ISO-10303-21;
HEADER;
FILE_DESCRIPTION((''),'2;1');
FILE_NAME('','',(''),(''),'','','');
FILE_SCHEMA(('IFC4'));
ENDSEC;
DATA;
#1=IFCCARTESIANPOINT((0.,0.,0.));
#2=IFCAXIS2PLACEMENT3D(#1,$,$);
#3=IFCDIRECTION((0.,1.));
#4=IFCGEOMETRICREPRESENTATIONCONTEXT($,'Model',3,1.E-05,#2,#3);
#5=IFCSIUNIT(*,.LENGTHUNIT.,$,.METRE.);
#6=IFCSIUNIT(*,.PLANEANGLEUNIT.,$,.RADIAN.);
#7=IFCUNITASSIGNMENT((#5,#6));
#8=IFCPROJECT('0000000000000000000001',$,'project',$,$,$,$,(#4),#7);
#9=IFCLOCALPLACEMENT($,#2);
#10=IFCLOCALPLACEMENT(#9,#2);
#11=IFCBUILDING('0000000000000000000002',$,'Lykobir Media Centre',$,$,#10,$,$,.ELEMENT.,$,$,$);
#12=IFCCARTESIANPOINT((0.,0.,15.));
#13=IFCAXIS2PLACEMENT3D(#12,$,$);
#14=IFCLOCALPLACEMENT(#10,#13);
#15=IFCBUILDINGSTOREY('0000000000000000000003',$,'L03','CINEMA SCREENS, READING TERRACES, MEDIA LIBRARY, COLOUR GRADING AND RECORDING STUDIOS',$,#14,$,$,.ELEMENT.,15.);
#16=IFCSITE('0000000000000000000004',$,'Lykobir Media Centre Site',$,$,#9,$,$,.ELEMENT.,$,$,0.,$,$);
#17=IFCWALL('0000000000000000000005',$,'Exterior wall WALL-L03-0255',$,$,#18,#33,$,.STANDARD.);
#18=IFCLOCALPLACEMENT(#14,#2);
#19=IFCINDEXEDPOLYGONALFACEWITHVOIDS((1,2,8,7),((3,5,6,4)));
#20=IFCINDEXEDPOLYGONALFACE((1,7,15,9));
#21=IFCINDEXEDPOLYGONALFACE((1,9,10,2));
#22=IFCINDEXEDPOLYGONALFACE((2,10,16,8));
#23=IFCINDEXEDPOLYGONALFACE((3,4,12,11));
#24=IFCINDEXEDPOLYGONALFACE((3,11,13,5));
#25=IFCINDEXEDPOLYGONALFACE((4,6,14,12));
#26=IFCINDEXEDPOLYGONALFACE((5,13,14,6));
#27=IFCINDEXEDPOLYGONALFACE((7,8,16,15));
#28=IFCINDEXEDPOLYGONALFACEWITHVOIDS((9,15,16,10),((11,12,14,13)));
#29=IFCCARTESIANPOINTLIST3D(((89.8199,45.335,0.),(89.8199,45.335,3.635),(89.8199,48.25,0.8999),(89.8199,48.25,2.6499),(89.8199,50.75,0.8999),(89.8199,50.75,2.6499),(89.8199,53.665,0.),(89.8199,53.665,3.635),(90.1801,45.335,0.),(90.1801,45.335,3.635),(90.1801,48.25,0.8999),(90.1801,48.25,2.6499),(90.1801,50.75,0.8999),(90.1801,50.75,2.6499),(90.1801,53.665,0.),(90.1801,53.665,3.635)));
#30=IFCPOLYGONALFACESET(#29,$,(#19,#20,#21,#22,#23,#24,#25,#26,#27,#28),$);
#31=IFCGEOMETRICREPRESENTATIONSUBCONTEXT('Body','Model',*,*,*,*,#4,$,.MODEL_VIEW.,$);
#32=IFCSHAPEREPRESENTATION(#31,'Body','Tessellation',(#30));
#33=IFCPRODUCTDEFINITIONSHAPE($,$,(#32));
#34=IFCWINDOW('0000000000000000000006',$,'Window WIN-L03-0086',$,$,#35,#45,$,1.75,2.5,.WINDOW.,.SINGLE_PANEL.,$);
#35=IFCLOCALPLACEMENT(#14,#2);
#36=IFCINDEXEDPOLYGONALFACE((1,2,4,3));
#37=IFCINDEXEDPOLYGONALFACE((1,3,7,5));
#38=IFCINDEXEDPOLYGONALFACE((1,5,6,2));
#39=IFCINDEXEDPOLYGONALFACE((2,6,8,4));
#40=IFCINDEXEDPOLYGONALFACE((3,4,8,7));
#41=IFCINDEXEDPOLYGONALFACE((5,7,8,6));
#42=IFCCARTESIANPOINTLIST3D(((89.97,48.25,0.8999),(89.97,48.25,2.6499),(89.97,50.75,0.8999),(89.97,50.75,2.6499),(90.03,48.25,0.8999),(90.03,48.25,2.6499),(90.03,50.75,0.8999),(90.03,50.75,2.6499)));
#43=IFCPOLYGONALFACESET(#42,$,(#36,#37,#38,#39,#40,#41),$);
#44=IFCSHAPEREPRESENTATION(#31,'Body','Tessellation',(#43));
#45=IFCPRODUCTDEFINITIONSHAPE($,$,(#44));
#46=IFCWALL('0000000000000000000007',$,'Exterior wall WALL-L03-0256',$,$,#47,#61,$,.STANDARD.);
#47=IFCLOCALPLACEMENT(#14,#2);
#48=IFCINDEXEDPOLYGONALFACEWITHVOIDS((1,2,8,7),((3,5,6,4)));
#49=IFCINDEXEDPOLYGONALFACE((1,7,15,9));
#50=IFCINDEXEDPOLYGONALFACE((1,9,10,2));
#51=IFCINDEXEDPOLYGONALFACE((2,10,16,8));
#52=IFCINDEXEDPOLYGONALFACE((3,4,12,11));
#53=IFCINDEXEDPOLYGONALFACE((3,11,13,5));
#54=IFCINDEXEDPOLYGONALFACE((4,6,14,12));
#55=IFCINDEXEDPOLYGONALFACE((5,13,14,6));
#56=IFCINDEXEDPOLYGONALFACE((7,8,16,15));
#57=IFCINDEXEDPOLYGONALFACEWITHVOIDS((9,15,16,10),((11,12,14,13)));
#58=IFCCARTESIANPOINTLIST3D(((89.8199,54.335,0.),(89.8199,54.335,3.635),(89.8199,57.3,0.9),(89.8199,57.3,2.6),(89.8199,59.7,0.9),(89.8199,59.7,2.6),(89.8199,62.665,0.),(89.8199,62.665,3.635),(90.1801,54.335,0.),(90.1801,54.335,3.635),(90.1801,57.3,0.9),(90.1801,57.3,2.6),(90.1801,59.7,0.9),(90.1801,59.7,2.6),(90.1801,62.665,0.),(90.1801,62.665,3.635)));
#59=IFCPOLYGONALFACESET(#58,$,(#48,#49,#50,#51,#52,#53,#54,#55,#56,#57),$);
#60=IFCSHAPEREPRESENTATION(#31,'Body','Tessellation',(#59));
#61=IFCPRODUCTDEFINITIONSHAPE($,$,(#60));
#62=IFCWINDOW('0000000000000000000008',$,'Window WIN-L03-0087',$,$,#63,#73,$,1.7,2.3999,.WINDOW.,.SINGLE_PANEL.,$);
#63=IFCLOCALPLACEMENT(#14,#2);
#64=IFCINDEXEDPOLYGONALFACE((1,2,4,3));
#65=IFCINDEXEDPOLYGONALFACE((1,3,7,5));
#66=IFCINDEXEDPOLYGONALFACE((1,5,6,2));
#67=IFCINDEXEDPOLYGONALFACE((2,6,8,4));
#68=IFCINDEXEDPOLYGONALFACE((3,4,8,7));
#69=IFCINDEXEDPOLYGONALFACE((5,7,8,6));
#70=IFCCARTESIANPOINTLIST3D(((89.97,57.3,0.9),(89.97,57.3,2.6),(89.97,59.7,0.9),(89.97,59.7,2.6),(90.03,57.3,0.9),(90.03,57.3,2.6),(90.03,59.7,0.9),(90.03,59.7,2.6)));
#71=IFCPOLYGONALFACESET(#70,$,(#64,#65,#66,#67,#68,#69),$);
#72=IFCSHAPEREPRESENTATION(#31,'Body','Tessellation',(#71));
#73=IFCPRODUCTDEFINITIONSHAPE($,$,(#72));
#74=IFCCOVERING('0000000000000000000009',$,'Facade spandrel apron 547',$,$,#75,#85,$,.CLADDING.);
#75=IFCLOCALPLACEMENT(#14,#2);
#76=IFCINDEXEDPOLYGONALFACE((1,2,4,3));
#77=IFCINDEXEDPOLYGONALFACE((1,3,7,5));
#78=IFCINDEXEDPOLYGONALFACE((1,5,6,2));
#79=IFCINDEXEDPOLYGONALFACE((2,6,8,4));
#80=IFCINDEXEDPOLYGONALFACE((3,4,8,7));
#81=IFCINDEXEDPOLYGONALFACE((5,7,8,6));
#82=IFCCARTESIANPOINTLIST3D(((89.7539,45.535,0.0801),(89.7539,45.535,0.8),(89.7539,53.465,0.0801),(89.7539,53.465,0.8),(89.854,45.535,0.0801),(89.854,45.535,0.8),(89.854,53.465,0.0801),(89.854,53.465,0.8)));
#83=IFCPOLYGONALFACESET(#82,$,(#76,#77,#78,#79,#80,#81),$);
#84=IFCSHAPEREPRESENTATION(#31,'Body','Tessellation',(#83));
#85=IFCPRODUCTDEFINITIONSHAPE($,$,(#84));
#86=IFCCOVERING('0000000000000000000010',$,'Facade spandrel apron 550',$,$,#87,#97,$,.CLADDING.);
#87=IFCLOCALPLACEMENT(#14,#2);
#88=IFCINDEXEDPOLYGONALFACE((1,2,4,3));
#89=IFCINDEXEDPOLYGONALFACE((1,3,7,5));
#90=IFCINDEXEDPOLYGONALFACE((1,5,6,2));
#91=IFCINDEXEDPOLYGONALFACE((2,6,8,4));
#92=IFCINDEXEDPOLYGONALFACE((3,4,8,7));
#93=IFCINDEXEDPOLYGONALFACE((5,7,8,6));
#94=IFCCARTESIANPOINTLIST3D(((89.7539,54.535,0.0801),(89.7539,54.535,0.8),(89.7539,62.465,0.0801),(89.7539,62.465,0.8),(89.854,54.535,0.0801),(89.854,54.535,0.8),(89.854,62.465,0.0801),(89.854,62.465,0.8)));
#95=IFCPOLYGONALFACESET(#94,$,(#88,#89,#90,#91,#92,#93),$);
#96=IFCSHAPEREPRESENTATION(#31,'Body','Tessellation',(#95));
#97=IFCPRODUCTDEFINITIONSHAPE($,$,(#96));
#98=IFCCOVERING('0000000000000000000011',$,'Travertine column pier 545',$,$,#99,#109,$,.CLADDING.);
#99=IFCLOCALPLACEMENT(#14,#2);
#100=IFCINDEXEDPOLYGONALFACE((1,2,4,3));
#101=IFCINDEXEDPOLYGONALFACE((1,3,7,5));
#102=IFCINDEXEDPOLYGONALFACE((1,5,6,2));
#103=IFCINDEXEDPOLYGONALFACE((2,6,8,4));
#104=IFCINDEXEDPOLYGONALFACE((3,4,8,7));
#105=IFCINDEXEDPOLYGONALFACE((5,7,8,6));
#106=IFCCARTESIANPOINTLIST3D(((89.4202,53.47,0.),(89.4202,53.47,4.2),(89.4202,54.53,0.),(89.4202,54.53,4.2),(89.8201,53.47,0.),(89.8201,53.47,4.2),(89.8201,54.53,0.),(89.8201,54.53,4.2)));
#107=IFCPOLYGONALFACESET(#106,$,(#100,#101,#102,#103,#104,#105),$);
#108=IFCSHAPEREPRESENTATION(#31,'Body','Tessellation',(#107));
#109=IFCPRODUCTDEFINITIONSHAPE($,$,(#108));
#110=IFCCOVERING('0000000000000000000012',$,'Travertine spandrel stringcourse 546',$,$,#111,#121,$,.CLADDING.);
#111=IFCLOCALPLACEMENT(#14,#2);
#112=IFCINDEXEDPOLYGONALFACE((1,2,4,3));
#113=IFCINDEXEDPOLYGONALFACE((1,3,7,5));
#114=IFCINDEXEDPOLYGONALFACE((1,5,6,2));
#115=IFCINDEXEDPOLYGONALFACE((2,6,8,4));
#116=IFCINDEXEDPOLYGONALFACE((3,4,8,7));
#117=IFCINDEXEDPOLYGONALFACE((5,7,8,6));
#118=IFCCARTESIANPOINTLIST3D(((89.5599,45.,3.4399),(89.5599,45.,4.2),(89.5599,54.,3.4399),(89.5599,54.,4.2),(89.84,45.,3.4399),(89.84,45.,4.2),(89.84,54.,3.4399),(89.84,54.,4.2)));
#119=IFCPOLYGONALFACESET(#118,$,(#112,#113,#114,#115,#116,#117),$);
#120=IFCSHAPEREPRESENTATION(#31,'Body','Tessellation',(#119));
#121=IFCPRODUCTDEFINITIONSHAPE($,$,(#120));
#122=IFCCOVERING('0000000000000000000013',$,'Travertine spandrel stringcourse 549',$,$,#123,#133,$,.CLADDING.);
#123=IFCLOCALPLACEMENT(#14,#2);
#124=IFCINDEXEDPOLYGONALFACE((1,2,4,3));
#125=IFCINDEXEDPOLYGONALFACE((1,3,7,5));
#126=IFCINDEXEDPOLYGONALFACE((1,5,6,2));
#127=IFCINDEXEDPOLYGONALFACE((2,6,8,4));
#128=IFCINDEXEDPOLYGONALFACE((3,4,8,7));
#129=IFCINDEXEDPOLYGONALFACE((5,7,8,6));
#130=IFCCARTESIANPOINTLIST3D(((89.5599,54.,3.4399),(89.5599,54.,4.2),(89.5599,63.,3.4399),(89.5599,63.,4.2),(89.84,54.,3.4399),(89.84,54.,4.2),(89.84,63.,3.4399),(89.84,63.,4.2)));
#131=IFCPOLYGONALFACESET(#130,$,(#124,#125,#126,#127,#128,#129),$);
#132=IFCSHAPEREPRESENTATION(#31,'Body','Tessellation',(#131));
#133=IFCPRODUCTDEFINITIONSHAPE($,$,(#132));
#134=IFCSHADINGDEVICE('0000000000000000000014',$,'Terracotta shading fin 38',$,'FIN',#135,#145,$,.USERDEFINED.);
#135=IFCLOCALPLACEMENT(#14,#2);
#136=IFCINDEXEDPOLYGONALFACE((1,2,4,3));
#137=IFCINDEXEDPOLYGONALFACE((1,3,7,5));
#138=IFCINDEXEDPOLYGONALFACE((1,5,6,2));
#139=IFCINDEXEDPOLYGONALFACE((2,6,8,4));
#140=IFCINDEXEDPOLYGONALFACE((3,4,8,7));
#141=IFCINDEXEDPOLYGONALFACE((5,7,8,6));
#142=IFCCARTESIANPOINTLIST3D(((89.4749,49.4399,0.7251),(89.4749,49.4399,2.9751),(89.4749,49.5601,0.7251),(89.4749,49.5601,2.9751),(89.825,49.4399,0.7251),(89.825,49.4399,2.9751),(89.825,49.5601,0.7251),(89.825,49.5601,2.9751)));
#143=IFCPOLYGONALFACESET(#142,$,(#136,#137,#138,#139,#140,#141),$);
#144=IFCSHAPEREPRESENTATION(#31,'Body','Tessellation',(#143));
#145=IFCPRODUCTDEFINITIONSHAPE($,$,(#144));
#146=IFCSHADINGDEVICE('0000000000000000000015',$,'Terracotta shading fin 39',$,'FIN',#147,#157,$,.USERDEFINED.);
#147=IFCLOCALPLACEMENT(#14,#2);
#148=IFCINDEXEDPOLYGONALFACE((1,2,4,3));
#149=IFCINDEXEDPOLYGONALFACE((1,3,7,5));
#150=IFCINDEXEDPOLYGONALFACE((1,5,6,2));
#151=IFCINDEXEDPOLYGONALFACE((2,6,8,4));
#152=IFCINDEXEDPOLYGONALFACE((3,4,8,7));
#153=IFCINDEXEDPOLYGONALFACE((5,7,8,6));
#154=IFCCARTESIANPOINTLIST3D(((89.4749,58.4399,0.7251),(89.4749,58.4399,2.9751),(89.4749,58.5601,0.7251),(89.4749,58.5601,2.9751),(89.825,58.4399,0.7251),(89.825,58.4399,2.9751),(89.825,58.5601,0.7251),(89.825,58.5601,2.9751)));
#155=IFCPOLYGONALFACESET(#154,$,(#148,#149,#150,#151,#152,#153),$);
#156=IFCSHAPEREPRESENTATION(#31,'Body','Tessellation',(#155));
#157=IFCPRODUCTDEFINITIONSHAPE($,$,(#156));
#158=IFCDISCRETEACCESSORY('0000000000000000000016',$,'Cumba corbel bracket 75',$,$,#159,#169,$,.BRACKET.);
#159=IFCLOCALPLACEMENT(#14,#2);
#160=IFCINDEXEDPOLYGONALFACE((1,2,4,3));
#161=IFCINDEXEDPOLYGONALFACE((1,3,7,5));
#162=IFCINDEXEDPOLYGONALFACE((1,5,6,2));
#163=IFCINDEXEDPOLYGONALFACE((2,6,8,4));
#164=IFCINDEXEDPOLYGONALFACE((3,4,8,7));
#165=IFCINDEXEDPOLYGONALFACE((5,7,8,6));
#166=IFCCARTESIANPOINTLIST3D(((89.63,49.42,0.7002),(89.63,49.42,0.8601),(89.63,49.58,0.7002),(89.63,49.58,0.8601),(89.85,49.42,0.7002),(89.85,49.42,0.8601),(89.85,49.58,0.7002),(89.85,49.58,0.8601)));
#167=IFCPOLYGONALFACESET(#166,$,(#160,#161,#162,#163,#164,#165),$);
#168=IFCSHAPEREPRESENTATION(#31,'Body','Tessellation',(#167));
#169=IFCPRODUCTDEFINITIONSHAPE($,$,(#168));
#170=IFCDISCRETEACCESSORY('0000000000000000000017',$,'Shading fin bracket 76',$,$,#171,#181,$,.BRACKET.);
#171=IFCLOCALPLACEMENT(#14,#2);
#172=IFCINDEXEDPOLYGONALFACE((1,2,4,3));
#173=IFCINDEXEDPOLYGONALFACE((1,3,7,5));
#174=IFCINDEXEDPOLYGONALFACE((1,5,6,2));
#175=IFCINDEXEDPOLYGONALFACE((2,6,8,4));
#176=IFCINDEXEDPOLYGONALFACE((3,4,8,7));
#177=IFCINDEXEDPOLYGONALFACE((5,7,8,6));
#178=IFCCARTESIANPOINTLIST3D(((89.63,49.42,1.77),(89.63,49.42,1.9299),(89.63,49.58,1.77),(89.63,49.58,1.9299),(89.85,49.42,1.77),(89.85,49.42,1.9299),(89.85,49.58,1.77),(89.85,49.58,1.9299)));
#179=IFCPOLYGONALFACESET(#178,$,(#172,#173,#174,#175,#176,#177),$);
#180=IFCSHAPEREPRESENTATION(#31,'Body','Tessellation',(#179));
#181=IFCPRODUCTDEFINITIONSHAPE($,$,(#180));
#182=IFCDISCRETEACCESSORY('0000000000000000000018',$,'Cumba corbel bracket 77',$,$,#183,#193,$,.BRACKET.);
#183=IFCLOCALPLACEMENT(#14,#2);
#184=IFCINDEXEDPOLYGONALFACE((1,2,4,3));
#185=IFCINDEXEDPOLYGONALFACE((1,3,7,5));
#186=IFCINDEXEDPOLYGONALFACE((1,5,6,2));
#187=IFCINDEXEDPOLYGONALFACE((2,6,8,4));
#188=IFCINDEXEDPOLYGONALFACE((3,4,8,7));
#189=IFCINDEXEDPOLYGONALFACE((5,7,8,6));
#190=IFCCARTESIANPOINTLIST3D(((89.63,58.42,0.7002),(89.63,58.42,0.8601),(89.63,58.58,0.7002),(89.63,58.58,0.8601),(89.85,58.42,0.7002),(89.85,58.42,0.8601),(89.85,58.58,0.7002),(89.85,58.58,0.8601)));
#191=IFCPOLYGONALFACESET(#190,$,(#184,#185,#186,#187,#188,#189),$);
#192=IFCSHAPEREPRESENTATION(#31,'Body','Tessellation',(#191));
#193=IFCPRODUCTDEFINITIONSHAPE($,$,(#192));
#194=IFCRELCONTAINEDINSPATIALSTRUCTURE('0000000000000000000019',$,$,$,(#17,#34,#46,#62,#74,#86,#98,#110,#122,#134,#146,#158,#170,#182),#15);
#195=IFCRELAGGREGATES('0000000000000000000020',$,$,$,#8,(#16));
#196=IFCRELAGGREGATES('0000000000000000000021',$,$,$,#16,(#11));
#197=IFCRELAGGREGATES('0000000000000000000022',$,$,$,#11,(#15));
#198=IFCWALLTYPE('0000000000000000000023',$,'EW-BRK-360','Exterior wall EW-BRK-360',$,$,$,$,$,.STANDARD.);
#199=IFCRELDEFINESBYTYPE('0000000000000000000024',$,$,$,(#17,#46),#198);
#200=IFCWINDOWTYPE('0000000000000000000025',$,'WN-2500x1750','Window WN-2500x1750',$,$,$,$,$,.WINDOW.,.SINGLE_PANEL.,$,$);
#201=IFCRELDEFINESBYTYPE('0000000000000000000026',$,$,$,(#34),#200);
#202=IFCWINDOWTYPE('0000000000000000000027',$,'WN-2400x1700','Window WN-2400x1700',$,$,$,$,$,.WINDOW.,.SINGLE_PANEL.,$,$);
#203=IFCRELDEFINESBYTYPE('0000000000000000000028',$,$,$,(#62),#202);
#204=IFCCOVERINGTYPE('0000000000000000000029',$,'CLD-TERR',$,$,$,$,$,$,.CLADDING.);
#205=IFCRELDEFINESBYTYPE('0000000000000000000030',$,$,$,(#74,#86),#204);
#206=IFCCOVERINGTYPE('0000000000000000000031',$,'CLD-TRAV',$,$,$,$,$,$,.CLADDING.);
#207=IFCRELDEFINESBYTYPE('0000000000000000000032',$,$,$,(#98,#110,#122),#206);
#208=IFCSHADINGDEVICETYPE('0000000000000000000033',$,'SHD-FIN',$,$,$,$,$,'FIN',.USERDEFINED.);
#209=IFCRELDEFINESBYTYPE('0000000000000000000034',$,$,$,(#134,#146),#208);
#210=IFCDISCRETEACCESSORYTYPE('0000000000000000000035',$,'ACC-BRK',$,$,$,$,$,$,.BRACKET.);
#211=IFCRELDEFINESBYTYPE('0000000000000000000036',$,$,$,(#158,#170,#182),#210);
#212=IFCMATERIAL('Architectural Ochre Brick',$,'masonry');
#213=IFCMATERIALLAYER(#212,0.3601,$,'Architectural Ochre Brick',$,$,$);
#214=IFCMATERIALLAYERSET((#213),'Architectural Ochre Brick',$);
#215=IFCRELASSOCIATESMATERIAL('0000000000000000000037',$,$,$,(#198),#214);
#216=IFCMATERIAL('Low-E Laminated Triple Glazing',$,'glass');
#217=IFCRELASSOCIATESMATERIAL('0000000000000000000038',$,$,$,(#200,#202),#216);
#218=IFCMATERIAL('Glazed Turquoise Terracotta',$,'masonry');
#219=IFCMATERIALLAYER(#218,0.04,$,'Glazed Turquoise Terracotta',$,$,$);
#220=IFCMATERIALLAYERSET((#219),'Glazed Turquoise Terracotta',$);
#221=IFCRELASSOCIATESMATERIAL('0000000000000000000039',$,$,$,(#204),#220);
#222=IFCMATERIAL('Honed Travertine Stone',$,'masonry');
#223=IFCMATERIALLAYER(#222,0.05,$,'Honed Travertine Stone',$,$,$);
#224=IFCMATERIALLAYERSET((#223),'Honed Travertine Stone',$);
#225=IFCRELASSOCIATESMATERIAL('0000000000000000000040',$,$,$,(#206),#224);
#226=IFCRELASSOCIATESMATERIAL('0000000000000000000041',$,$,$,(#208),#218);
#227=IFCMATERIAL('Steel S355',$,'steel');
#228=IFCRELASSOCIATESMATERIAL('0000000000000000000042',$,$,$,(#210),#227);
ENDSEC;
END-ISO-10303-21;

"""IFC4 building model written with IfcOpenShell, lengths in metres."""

from ifc_helpers import new_model, si_unit, direction, frame, frame_2d, origin, origin_2d, place, context, subcontext, project, spatial, rectangle, extrude, material, layer, layer_set, type_object, element, fill, save


model = new_model("IFC4")

# Units and contexts
model_context = context("Model", 3, precision=1e-05, world=origin(), true_north=direction((0.0, 1.0)))
body_context = subcontext(model_context, "Body", "Model", "MODEL_VIEW")
ifc_project = project(units=[si_unit("LENGTHUNIT", "METRE"), si_unit("PLANEANGLEUNIT", "RADIAN")], contexts=[model_context])

# Site, building, storey
site_placement = place(None, origin())
site = spatial("IfcSite", under=ifc_project, at=site_placement, Name="Lykobir Media Centre Site", CompositionType="ELEMENT", RefElevation=0.0)
building_placement = place(site_placement, origin())
building = spatial("IfcBuilding", under=site, at=building_placement, Name="Lykobir Media Centre", CompositionType="ELEMENT")
storey_placement = place(building_placement, frame((0.0, 0.0, 15.0)))
storey = spatial("IfcBuildingStorey", under=building, at=storey_placement, Name="L03", Description="CINEMA SCREENS, READING TERRACES, MEDIA LIBRARY, COLOUR GRADING AND RECORDING STUDIOS", CompositionType="ELEMENT", Elevation=15.0)

# Shared definitions
ifc_material_1 = material(Name="Steel S355", Category="steel")

# Walls, openings, windows
ifc_material_2 = material(Name="Architectural Ochre Brick", Category="masonry")
ifc_layer_1 = layer(ifc_material_2, 0.3601, Name="Architectural Ochre Brick")
ifc_layer_set_1 = layer_set([ifc_layer_1], Name="Architectural Ochre Brick")
wall_type = type_object("IfcWallType", Name="EW-BRK-360", Description="Exterior wall EW-BRK-360", PredefinedType="STANDARD", material=ifc_layer_set_1)
wall_1_placement = place(storey_placement, frame((90.0, 53.665, 0.0), z_axis=(0.0, 0.0, 1.0), x_axis=(0.0, -1.0, 0.0)))
wall_1 = element("IfcWall", 1, at=wall_1_placement, inside=storey, type_object=wall_type, Name="Exterior wall WALL-L03-0255", PredefinedType="STANDARD", context=body_context, shape_type="SweptSolid", body=[
    extrude(rectangle(XDim=8.3301, YDim=0.3601, at=frame_2d((4.165, 0.0))), origin(), (0.0, 0.0, 1.0), 3.635),
])
opening_1_placement = place(wall_1_placement, frame((2.915, 0.0, 0.8999)))
opening_1 = element("IfcOpeningElement", 2, at=opening_1_placement, cuts=wall_1, PredefinedType="OPENING", context=body_context, shape_type="SweptSolid", body=[
    extrude(rectangle(XDim=2.5, YDim=1.75, at=frame_2d((1.25, 0.875))), frame((0.0, 0.1899, 0.0), z_axis=(0.0, -1.0, 0.0), x_axis=(1.0, 0.0, 0.0)), (0.0, 0.0, 1.0), 0.3801),
])
ifc_material_3 = material(Name="Low-E Laminated Triple Glazing", Category="glass")
window_type_1 = type_object("IfcWindowType", Name="WN-2500x1750", Description="Window WN-2500x1750", PartitioningType="SINGLE_PANEL", PredefinedType="WINDOW", material=ifc_material_3)
window_1_placement = place(opening_1_placement, origin())
window_1 = element("IfcWindow", 3, at=window_1_placement, inside=storey, type_object=window_type_1, Name="Window WIN-L03-0086", OverallHeight=1.75, OverallWidth=2.5, PartitioningType="SINGLE_PANEL", PredefinedType="WINDOW", context=body_context, shape_type="SweptSolid", body=[
    extrude(rectangle(XDim=2.5, YDim=1.75, at=frame_2d((1.25, 0.875))), frame((0.0, 0.03, 0.0), z_axis=(0.0, -1.0, 0.0), x_axis=(1.0, 0.0, 0.0)), (0.0, 0.0, 1.0), 0.0601),
])
fill(opening_1, window_1)
wall_2_placement = place(storey_placement, frame((90.0, 62.665, 0.0), z_axis=(0.0, 0.0, 1.0), x_axis=(0.0, -1.0, 0.0)))
wall_2 = element("IfcWall", 4, at=wall_2_placement, inside=storey, type_object=wall_type, Name="Exterior wall WALL-L03-0256", PredefinedType="STANDARD", context=body_context, shape_type="SweptSolid", body=[
    extrude(rectangle(XDim=8.3301, YDim=0.3601, at=frame_2d((4.165, 0.0))), origin(), (0.0, 0.0, 1.0), 3.635),
])
opening_2_placement = place(wall_2_placement, frame((2.9651, 0.0, 0.8999)))
opening_2 = element("IfcOpeningElement", 5, at=opening_2_placement, cuts=wall_2, PredefinedType="OPENING", context=body_context, shape_type="SweptSolid", body=[
    extrude(rectangle(XDim=2.3999, YDim=1.7, at=frame_2d((1.2, 0.8501))), frame((0.0, 0.1899, 0.0), z_axis=(0.0, -1.0, 0.0), x_axis=(1.0, 0.0, 0.0)), (0.0, 0.0, 1.0), 0.3801),
])
window_type_2 = type_object("IfcWindowType", Name="WN-2400x1700", Description="Window WN-2400x1700", PartitioningType="SINGLE_PANEL", PredefinedType="WINDOW", material=ifc_material_3)
window_2_placement = place(opening_2_placement, origin())
window_2 = element("IfcWindow", 6, at=window_2_placement, inside=storey, type_object=window_type_2, Name="Window WIN-L03-0087", OverallHeight=1.7, OverallWidth=2.3999, PartitioningType="SINGLE_PANEL", PredefinedType="WINDOW", context=body_context, shape_type="SweptSolid", body=[
    extrude(rectangle(XDim=2.3999, YDim=1.7, at=frame_2d((1.2, 0.8501))), frame((0.0, 0.03, 0.0), z_axis=(0.0, -1.0, 0.0), x_axis=(1.0, 0.0, 0.0)), (0.0, 0.0, 1.0), 0.0601),
])
fill(opening_2, window_2)

# Coverings
ifc_material_4 = material(Name="Glazed Turquoise Terracotta", Category="masonry")
ifc_layer_2 = layer(ifc_material_4, 0.04, Name="Glazed Turquoise Terracotta")
ifc_layer_set_2 = layer_set([ifc_layer_2], Name="Glazed Turquoise Terracotta")
covering_type_1 = type_object("IfcCoveringType", Name="CLD-TERR", PredefinedType="CLADDING", material=ifc_layer_set_2)
for number, where, z_axis, x_axis, name in (
    (7, (89.804, 49.5, 0.0801), (0.0, 0.0, 1.0), (0.0, -1.0, 0.0), "Facade spandrel apron 547"),
    (8, (89.804, 58.5, 0.0801), (0.0, 0.0, 1.0), (0.0, -1.0, 0.0), "Facade spandrel apron 550"),
):
    element("IfcCovering", number, at=place(storey_placement, frame(where, z_axis=z_axis, x_axis=x_axis)), inside=storey, type_object=covering_type_1, Name=name, PredefinedType="CLADDING", context=body_context, shape_type="SweptSolid", body=[
        extrude(rectangle(XDim=7.9299, YDim=0.1001, at=origin_2d()), origin(), (0.0, 0.0, 1.0), 0.72),
    ])
ifc_material_5 = material(Name="Honed Travertine Stone", Category="masonry")
ifc_layer_3 = layer(ifc_material_5, 0.05, Name="Honed Travertine Stone")
ifc_layer_set_3 = layer_set([ifc_layer_3], Name="Honed Travertine Stone")
covering_type_2 = type_object("IfcCoveringType", Name="CLD-TRAV", PredefinedType="CLADDING", material=ifc_layer_set_3)
covering_placement = place(storey_placement, frame((89.6201, 54.0, 0.0), z_axis=(0.0, 0.0, 1.0), x_axis=(0.0, -1.0, 0.0)))
element("IfcCovering", 9, at=covering_placement, inside=storey, type_object=covering_type_2, Name="Travertine column pier 545", PredefinedType="CLADDING", context=body_context, shape_type="SweptSolid", body=[
    extrude(rectangle(XDim=1.0601, YDim=0.3999, at=origin_2d()), origin(), (0.0, 0.0, 1.0), 4.2),
])
for number, where, z_axis, x_axis, name in (
    (10, (89.7, 49.5, 3.4399), (0.0, 0.0, 1.0), (0.0, -1.0, 0.0), "Travertine spandrel stringcourse 546"),
    (11, (89.7, 58.5, 3.4399), (0.0, 0.0, 1.0), (0.0, -1.0, 0.0), "Travertine spandrel stringcourse 549"),
):
    element("IfcCovering", number, at=place(storey_placement, frame(where, z_axis=z_axis, x_axis=x_axis)), inside=storey, type_object=covering_type_2, Name=name, PredefinedType="CLADDING", context=body_context, shape_type="SweptSolid", body=[
        extrude(rectangle(XDim=9.0, YDim=0.28, at=origin_2d()), origin(), (0.0, 0.0, 1.0), 0.76),
    ])

# Shading devices
shading_device_type = type_object("IfcShadingDeviceType", Name="SHD-FIN", ElementType="FIN", PredefinedType="USERDEFINED", material=ifc_material_4)
for number, where, z_axis, x_axis, name in (
    (12, (89.6499, 49.5, 0.7251), (0.0, 0.0, 1.0), (0.0, -1.0, 0.0), "Terracotta shading fin 38"),
    (13, (89.6499, 58.5, 0.7251), (0.0, 0.0, 1.0), (0.0, -1.0, 0.0), "Terracotta shading fin 39"),
):
    element("IfcShadingDevice", number, at=place(storey_placement, frame(where, z_axis=z_axis, x_axis=x_axis)), inside=storey, type_object=shading_device_type, Name=name, ObjectType="FIN", PredefinedType="USERDEFINED", context=body_context, shape_type="SweptSolid", body=[
        extrude(rectangle(XDim=0.1201, YDim=0.3501, at=origin_2d()), origin(), (0.0, 0.0, 1.0), 2.25),
    ])

# Discrete accessories
discrete_accessory_type = type_object("IfcDiscreteAccessoryType", Name="ACC-BRK", PredefinedType="BRACKET", material=ifc_material_1)
for number, where, z_axis, x_axis, name in (
    (14, (89.74, 49.5, 0.7002), (0.0, 0.0, 1.0), (0.0, -1.0, 0.0), "Cumba corbel bracket 75"),
    (15, (89.74, 49.5, 1.77), (0.0, 0.0, 1.0), (0.0, -1.0, 0.0), "Shading fin bracket 76"),
    (16, (89.74, 58.5, 0.7002), (0.0, 0.0, 1.0), (0.0, -1.0, 0.0), "Cumba corbel bracket 77"),
):
    element("IfcDiscreteAccessory", number, at=place(storey_placement, frame(where, z_axis=z_axis, x_axis=x_axis)), inside=storey, type_object=discrete_accessory_type, Name=name, PredefinedType="BRACKET", context=body_context, shape_type="SweptSolid", body=[
        extrude(rectangle(XDim=0.1599, YDim=0.22, at=origin_2d()), origin(), (0.0, 0.0, 1.0), 0.1599),
    ])

save(model, "model.ifc")
